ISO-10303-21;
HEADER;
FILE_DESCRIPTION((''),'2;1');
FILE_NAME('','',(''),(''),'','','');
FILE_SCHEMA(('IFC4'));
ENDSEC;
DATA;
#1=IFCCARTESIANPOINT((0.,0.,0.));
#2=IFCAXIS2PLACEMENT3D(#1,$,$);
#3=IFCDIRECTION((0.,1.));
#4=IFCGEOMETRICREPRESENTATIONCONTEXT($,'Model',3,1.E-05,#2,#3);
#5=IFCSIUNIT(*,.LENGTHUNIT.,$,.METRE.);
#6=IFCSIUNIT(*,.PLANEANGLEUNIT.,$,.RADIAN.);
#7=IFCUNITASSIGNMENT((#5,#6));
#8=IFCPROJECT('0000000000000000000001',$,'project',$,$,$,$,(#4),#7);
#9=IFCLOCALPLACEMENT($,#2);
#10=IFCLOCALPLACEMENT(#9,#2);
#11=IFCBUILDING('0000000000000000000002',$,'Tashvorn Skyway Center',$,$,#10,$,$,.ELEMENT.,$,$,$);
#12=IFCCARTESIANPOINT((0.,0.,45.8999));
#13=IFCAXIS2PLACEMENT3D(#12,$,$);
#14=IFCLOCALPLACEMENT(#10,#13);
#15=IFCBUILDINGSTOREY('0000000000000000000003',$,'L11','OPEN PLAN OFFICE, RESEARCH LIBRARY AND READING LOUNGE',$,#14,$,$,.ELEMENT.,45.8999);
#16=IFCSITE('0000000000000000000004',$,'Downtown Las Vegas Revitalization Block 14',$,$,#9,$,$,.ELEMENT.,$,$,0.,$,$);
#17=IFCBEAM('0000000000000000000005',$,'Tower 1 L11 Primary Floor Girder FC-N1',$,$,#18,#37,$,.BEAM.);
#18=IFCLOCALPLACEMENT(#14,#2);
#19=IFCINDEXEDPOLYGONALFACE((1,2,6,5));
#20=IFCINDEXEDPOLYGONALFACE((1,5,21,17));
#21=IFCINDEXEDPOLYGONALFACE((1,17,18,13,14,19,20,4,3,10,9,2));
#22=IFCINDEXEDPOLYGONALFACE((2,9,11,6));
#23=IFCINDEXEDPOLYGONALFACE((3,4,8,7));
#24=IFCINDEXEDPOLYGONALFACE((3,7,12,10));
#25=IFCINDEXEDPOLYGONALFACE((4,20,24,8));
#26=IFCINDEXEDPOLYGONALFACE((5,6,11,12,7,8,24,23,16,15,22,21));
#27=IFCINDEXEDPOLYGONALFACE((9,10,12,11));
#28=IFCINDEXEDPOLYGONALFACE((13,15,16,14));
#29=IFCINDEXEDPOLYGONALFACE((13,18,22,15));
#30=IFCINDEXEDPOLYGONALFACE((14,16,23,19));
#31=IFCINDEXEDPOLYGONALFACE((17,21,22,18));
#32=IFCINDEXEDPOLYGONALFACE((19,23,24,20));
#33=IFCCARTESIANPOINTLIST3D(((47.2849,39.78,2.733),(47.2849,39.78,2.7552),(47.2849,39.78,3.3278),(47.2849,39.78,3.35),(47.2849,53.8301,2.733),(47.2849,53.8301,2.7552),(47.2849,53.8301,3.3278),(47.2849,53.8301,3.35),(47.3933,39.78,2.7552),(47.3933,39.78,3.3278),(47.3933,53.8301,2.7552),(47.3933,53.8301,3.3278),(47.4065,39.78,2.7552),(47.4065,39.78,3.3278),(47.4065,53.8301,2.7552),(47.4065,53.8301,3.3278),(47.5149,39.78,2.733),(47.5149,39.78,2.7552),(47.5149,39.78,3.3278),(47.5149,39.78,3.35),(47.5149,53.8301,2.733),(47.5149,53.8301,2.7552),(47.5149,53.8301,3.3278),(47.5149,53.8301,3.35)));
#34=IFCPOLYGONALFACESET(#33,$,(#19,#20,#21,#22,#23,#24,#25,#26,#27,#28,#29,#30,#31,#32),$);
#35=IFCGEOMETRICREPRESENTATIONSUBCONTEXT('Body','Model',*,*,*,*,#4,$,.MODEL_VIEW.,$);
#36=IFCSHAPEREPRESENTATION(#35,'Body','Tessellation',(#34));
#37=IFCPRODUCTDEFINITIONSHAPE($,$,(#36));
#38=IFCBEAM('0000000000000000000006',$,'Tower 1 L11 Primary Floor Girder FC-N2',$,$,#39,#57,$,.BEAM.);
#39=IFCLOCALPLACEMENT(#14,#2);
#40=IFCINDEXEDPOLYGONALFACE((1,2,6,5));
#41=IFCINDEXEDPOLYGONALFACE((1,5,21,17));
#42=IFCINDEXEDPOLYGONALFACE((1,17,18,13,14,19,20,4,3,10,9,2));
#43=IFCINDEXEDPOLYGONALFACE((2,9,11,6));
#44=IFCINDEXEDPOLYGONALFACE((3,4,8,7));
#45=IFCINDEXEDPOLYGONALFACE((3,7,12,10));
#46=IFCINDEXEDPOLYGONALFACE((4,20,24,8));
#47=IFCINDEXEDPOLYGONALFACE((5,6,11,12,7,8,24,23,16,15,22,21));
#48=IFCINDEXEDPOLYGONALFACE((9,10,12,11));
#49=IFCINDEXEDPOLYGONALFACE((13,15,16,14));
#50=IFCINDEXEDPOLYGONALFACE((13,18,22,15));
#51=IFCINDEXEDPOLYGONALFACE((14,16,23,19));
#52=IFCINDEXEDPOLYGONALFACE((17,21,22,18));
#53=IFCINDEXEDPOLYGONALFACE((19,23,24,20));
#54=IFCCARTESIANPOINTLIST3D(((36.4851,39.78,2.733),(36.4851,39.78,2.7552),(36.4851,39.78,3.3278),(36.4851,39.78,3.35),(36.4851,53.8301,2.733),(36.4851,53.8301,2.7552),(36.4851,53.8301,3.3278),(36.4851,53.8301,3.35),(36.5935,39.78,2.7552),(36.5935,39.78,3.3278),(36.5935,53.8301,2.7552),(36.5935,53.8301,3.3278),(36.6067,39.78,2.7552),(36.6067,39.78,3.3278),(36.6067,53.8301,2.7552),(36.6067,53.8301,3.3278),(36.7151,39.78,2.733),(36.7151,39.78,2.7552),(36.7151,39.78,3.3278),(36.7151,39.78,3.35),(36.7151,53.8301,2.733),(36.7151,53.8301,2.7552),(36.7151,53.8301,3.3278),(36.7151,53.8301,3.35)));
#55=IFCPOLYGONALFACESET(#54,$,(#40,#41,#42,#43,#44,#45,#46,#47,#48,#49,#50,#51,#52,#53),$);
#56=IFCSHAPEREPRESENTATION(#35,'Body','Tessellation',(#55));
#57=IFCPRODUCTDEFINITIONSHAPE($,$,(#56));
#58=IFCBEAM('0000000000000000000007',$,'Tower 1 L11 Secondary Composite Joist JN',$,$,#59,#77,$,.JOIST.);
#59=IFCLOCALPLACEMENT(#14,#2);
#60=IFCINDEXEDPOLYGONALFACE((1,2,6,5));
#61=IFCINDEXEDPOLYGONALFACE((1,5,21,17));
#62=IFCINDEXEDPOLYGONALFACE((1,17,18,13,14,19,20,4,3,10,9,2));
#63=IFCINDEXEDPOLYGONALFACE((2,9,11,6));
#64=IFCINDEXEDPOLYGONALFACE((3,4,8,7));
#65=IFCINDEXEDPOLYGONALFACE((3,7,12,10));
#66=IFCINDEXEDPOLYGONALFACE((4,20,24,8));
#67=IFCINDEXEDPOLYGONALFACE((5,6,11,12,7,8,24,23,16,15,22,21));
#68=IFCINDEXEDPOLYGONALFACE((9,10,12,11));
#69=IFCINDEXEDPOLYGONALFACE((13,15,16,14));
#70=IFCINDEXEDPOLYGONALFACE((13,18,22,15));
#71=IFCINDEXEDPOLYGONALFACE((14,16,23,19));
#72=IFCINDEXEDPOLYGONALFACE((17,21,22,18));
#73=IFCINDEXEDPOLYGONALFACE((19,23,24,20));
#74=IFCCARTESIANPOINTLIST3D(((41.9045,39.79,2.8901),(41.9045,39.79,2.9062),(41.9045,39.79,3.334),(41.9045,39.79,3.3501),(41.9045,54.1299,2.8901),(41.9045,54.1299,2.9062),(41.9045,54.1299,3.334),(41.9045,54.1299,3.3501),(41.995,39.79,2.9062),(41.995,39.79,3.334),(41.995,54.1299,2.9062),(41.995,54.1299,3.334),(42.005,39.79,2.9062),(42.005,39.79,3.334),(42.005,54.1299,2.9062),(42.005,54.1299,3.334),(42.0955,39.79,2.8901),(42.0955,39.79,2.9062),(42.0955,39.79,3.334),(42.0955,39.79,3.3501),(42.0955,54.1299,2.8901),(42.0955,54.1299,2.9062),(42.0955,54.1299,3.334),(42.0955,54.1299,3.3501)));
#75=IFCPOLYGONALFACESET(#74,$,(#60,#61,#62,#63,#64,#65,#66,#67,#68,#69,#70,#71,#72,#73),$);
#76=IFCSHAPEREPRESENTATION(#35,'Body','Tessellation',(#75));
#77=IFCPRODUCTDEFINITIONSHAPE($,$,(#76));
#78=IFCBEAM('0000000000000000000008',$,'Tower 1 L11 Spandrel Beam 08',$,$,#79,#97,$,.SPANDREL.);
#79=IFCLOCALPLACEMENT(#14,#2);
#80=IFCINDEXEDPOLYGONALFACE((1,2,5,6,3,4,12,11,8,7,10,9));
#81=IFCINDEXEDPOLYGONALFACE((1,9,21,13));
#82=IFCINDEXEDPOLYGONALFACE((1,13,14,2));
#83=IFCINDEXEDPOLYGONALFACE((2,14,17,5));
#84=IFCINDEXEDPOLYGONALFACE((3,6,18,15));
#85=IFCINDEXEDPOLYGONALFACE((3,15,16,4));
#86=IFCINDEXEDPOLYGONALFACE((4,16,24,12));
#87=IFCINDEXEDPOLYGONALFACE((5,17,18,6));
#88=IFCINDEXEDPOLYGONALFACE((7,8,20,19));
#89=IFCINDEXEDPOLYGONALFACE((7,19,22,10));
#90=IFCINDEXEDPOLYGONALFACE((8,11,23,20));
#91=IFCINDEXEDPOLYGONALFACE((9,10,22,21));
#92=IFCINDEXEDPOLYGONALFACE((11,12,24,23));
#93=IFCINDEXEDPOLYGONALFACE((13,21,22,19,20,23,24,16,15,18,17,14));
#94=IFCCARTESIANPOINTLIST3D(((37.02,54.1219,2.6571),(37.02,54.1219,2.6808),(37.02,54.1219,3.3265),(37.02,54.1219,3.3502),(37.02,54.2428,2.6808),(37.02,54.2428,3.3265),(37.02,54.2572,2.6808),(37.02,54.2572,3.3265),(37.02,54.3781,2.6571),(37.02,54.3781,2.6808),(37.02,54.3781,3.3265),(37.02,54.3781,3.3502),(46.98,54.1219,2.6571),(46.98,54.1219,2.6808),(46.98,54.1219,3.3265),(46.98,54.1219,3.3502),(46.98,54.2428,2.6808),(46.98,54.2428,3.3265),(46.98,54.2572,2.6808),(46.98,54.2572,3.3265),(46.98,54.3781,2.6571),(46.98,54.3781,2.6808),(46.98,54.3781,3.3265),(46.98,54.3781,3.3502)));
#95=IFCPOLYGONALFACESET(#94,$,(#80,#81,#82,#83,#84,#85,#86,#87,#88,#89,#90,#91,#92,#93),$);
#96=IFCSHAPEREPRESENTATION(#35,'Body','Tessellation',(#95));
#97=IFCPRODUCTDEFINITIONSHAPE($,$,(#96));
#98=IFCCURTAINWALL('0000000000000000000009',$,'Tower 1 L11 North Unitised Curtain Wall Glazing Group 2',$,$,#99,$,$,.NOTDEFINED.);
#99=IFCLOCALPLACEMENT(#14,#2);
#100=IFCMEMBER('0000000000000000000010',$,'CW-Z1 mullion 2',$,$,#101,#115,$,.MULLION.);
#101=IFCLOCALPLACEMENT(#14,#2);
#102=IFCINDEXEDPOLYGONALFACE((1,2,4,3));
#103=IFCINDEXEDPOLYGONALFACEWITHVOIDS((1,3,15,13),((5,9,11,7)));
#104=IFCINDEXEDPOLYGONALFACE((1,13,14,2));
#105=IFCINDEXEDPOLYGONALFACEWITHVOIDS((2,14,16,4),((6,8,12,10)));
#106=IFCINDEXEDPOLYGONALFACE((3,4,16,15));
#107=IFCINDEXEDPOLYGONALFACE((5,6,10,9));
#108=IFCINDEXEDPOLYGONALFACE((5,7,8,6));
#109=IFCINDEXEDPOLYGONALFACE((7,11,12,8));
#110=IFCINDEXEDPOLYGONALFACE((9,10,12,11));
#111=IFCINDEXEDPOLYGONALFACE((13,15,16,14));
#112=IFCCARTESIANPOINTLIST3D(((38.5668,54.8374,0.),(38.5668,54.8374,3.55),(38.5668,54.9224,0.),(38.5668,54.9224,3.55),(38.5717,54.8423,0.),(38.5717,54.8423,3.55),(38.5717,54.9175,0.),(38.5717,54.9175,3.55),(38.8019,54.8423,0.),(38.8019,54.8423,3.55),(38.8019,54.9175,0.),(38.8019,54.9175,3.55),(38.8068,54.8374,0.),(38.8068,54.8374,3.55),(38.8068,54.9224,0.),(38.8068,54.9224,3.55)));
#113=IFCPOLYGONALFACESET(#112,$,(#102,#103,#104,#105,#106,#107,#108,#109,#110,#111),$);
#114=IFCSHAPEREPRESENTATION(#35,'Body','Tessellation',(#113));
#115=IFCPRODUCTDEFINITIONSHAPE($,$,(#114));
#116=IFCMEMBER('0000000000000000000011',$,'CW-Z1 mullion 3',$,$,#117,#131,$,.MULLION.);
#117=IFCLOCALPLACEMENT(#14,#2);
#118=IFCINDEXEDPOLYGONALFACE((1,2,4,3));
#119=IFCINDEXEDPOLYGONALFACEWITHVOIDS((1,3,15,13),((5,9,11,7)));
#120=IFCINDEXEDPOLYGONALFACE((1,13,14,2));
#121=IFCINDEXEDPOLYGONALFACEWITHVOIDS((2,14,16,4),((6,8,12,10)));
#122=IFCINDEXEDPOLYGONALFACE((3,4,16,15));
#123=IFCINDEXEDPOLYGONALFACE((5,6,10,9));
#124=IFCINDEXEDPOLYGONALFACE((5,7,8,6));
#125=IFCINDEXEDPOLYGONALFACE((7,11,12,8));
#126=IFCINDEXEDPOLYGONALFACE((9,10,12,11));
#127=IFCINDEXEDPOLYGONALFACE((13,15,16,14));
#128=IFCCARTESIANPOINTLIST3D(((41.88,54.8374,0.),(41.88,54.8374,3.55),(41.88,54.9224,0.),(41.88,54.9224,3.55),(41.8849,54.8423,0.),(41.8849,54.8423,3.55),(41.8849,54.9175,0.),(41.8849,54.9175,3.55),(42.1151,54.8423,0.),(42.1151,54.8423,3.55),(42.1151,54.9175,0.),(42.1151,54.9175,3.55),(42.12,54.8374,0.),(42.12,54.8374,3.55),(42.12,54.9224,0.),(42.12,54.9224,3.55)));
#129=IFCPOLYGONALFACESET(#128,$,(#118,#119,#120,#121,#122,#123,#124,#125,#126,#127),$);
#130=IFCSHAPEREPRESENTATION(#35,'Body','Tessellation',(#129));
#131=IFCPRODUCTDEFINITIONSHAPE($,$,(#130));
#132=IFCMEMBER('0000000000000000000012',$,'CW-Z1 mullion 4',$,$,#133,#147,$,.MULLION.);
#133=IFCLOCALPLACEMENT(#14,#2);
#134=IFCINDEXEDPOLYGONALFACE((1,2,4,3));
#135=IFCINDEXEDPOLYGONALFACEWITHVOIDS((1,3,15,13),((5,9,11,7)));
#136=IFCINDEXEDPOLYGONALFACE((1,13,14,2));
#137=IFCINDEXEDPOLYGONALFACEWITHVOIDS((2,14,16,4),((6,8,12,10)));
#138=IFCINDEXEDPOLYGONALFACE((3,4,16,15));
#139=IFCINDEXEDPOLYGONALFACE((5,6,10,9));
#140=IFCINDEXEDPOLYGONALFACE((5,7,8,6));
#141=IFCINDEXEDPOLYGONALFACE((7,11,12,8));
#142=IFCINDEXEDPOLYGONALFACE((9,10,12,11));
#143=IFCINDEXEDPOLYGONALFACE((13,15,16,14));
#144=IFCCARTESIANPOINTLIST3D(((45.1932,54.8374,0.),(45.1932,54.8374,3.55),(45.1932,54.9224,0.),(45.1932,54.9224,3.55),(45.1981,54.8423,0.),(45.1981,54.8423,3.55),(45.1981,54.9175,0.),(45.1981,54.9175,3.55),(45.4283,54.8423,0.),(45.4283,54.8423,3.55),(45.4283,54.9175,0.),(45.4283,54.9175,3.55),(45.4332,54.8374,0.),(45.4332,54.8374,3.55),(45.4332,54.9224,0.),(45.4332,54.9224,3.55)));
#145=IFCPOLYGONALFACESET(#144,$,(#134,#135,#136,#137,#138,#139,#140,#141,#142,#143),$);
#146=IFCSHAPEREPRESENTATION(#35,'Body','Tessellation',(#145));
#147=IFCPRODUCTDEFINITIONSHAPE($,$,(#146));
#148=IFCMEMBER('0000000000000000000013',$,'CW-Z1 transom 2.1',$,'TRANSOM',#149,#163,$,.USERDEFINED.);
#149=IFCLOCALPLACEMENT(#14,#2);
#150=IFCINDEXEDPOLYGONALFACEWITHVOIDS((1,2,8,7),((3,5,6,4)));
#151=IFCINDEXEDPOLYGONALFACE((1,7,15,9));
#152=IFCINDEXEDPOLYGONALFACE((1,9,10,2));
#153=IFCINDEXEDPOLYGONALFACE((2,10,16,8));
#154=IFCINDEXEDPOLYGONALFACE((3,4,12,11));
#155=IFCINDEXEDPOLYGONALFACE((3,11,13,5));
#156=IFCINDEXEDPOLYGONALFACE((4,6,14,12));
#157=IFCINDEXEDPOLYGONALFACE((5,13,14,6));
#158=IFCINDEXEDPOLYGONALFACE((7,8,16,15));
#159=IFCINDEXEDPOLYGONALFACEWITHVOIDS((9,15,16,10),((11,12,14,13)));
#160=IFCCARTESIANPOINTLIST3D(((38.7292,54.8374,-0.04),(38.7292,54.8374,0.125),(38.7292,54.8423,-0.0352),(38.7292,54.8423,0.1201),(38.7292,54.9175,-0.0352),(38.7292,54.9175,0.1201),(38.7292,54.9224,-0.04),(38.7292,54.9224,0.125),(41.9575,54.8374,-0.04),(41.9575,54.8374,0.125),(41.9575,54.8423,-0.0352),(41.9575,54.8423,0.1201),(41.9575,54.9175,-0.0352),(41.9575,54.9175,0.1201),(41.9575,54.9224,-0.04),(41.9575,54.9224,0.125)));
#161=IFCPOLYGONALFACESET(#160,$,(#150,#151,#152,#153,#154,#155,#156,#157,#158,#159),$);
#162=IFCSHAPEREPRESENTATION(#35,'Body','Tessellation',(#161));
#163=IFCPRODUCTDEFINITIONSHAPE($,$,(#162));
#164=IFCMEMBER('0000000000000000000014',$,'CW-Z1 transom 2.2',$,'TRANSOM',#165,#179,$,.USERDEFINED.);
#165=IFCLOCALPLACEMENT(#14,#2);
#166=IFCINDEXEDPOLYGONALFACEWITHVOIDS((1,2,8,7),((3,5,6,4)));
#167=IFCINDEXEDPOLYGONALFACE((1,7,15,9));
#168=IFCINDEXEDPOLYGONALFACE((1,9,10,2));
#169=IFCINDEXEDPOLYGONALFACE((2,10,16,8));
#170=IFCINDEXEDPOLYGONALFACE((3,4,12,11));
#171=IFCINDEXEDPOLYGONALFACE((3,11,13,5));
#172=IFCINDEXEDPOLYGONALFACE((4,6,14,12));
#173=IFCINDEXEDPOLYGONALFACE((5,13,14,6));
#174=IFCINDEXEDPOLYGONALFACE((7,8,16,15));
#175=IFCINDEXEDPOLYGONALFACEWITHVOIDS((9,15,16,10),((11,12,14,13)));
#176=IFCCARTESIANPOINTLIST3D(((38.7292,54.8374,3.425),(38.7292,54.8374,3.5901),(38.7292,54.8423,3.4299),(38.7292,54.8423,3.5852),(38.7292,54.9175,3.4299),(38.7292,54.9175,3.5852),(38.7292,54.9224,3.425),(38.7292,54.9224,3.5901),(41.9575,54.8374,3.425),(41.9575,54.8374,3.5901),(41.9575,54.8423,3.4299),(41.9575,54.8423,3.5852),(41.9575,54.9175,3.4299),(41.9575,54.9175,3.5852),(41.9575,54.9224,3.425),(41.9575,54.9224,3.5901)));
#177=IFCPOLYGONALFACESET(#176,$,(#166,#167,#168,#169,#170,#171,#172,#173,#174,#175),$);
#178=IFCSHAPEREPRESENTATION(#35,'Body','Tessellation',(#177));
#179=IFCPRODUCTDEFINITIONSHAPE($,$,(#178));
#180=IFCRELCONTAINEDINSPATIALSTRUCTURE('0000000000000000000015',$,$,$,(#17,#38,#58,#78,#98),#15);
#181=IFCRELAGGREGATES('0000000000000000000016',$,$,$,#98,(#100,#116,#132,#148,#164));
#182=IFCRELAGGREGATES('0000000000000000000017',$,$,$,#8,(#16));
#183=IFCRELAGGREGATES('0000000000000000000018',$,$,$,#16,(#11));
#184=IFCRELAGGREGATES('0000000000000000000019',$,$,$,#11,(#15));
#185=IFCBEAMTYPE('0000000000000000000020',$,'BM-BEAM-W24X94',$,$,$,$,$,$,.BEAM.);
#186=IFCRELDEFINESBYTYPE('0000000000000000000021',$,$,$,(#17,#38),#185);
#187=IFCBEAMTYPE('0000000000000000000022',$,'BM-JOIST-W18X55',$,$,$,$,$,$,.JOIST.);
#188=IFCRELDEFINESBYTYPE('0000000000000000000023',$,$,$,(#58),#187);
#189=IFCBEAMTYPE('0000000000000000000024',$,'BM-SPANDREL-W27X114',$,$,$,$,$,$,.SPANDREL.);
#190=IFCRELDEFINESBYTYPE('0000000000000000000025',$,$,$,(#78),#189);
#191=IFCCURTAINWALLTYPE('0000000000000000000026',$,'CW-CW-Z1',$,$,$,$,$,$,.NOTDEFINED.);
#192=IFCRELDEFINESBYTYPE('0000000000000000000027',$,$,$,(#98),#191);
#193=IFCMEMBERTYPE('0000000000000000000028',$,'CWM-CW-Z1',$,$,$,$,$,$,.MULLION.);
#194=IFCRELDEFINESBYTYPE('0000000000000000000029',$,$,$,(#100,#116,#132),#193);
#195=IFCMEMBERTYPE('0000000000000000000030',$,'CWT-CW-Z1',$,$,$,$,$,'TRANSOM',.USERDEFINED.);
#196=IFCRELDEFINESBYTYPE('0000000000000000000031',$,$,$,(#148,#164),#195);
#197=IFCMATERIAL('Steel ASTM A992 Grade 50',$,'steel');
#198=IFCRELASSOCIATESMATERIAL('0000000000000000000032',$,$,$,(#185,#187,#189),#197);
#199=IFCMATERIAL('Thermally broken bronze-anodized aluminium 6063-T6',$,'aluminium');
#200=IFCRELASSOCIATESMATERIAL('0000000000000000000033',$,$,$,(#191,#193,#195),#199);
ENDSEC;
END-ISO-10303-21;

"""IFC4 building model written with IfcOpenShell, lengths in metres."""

from ifc_helpers import new_model, si_unit, direction, frame, origin, origin_2d, place, context, subcontext, project, spatial, hollow_rectangle, i_section, extrude, material, material_profile, profile_set, type_object, element, aggregate, save


model = new_model("IFC4")

# Units and contexts
model_context = context("Model", 3, precision=1e-05, world=origin(), true_north=direction((0.0, 1.0)))
body_context = subcontext(model_context, "Body", "Model", "MODEL_VIEW")
ifc_project = project(units=[si_unit("LENGTHUNIT", "METRE"), si_unit("PLANEANGLEUNIT", "RADIAN")], contexts=[model_context])

# Site, building, storey
site_placement = place(None, origin())
site = spatial("IfcSite", under=ifc_project, at=site_placement, Name="Downtown Las Vegas Revitalization Block 14", CompositionType="ELEMENT", RefElevation=0.0)
building_placement = place(site_placement, origin())
building = spatial("IfcBuilding", under=site, at=building_placement, Name="Tashvorn Skyway Center", CompositionType="ELEMENT")
storey_placement = place(building_placement, frame((0.0, 0.0, 45.8999)))
storey = spatial("IfcBuildingStorey", under=building, at=storey_placement, Name="L11", Description="OPEN PLAN OFFICE, RESEARCH LIBRARY AND READING LOUNGE", CompositionType="ELEMENT", Elevation=45.8999)

# Beams
ifc_material_1 = material(Name="Steel ASTM A992 Grade 50", Category="steel")
ifc_material_profile_1 = material_profile(ifc_material_1, i_section(OverallWidth=0.23, OverallDepth=0.6169, WebThickness=0.0132, FlangeThickness=0.0222, at=origin_2d()), Name="W24X94")
ifc_profile_set_1 = profile_set([ifc_material_profile_1], Name="Steel ASTM A992 Grade 50")
beam_type_1 = type_object("IfcBeamType", Name="BM-BEAM-W24X94", PredefinedType="BEAM", material=ifc_profile_set_1)
for number, where, z_axis, x_axis, name in (
    (1, (47.3999, 53.8301, 3.0415), (0.0, -1.0, 0.0), (1.0, 0.0, 0.0), "Tower 1 L11 Primary Floor Girder FC-N1"),
    (2, (36.6001, 53.8301, 3.0415), (0.0, -1.0, 0.0), (1.0, 0.0, 0.0), "Tower 1 L11 Primary Floor Girder FC-N2"),
):
    element("IfcBeam", number, at=place(storey_placement, frame(where, z_axis=z_axis, x_axis=x_axis)), inside=storey, type_object=beam_type_1, Name=name, PredefinedType="BEAM", context=body_context, shape_type="SweptSolid", body=[
        extrude(i_section(OverallWidth=0.23, OverallDepth=0.6169, WebThickness=0.0132, FlangeThickness=0.0222, at=origin_2d()), origin(), (0.0, 0.0, 1.0), 14.05),
    ])
ifc_material_profile_2 = material_profile(ifc_material_1, i_section(OverallWidth=0.1909, OverallDepth=0.46, WebThickness=0.01, FlangeThickness=0.0161, at=origin_2d()), Name="W18X55")
ifc_profile_set_2 = profile_set([ifc_material_profile_2], Name="Steel ASTM A992 Grade 50")
beam_type_2 = type_object("IfcBeamType", Name="BM-JOIST-W18X55", PredefinedType="JOIST", material=ifc_profile_set_2)
beam_1_placement = place(storey_placement, frame((42.0, 39.79, 3.1201), z_axis=(0.0, 1.0, 0.0), x_axis=(-1.0, 0.0, 0.0)))
element("IfcBeam", 3, at=beam_1_placement, inside=storey, type_object=beam_type_2, Name="Tower 1 L11 Secondary Composite Joist JN", PredefinedType="JOIST", context=body_context, shape_type="SweptSolid", body=[
    extrude(i_section(OverallWidth=0.1909, OverallDepth=0.46, WebThickness=0.01, FlangeThickness=0.0161, at=origin_2d()), origin(), (0.0, 0.0, 1.0), 14.3398),
])
ifc_material_profile_3 = material_profile(ifc_material_1, i_section(OverallWidth=0.2561, OverallDepth=0.6931, WebThickness=0.0144, FlangeThickness=0.0237, at=origin_2d()), Name="W27X114")
ifc_profile_set_3 = profile_set([ifc_material_profile_3], Name="Steel ASTM A992 Grade 50")
beam_type_3 = type_object("IfcBeamType", Name="BM-SPANDREL-W27X114", PredefinedType="SPANDREL", material=ifc_profile_set_3)
beam_2_placement = place(storey_placement, frame((46.98, 54.25, 3.0037), z_axis=(-1.0, 0.0, 0.0), x_axis=(0.0, -1.0, 0.0)))
element("IfcBeam", 4, at=beam_2_placement, inside=storey, type_object=beam_type_3, Name="Tower 1 L11 Spandrel Beam 08", PredefinedType="SPANDREL", context=body_context, shape_type="SweptSolid", body=[
    extrude(i_section(OverallWidth=0.2561, OverallDepth=0.6931, WebThickness=0.0144, FlangeThickness=0.0237, at=origin_2d()), origin(), (0.0, 0.0, 1.0), 9.96),
])

# Curtain wall, members
ifc_material_2 = material(Name="Thermally broken bronze-anodized aluminium 6063-T6", Category="aluminium")
curtain_wall_type = type_object("IfcCurtainWallType", Name="CW-CW-Z1", PredefinedType="NOTDEFINED", material=ifc_material_2)
curtain_wall_placement = place(storey_placement, origin())
curtain_wall = element("IfcCurtainWall", 5, at=curtain_wall_placement, inside=storey, type_object=curtain_wall_type, Name="Tower 1 L11 North Unitised Curtain Wall Glazing Group 2", PredefinedType="NOTDEFINED")
ifc_material_profile_4 = material_profile(ifc_material_2, hollow_rectangle(XDim=0.085, YDim=0.24, WallThickness=0.0049, at=origin_2d()), Name="ALU-MULL-85x240")
ifc_profile_set_4 = profile_set([ifc_material_profile_4], Name="Thermally broken bronze-anodized aluminium 6063-T6")
member_type_1 = type_object("IfcMemberType", Name="CWM-CW-Z1", PredefinedType="MULLION", material=ifc_profile_set_4)
member_1_placement = place(storey_placement, frame((38.6868, 54.8799, 0.0), z_axis=(0.0, 0.0, 1.0), x_axis=(0.0, 1.0, 0.0)))
member_1 = element("IfcMember", 6, at=member_1_placement, type_object=member_type_1, Name="CW-Z1 mullion 2", PredefinedType="MULLION", context=body_context, shape_type="SweptSolid", body=[
    extrude(hollow_rectangle(XDim=0.085, YDim=0.24, WallThickness=0.0049, at=origin_2d()), origin(), (0.0, 0.0, 1.0), 3.55),
])
member_2_placement = place(storey_placement, frame((42.0, 54.8799, 0.0), z_axis=(0.0, 0.0, 1.0), x_axis=(0.0, 1.0, 0.0)))
member_2 = element("IfcMember", 7, at=member_2_placement, type_object=member_type_1, Name="CW-Z1 mullion 3", PredefinedType="MULLION", context=body_context, shape_type="SweptSolid", body=[
    extrude(hollow_rectangle(XDim=0.085, YDim=0.24, WallThickness=0.0049, at=origin_2d()), origin(), (0.0, 0.0, 1.0), 3.55),
])
member_3_placement = place(storey_placement, frame((45.3132, 54.8799, 0.0), z_axis=(0.0, 0.0, 1.0), x_axis=(0.0, 1.0, 0.0)))
member_3 = element("IfcMember", 8, at=member_3_placement, type_object=member_type_1, Name="CW-Z1 mullion 4", PredefinedType="MULLION", context=body_context, shape_type="SweptSolid", body=[
    extrude(hollow_rectangle(XDim=0.085, YDim=0.24, WallThickness=0.0049, at=origin_2d()), origin(), (0.0, 0.0, 1.0), 3.55),
])
ifc_material_profile_5 = material_profile(ifc_material_2, hollow_rectangle(XDim=0.085, YDim=0.165, WallThickness=0.0049, at=origin_2d()), Name="ALU-TRAN-85x165")
ifc_profile_set_5 = profile_set([ifc_material_profile_5], Name="Thermally broken bronze-anodized aluminium 6063-T6")
member_type_2 = type_object("IfcMemberType", Name="CWT-CW-Z1", ElementType="TRANSOM", PredefinedType="USERDEFINED", material=ifc_profile_set_5)
member_4_placement = place(storey_placement, frame((38.7292, 54.8799, 0.0425), z_axis=(1.0, 0.0, 0.0), x_axis=(0.0, 1.0, 0.0)))
member_4 = element("IfcMember", 9, at=member_4_placement, type_object=member_type_2, Name="CW-Z1 transom 2.1", ObjectType="TRANSOM", PredefinedType="USERDEFINED", context=body_context, shape_type="SweptSolid", body=[
    extrude(hollow_rectangle(XDim=0.085, YDim=0.165, WallThickness=0.0049, at=origin_2d()), origin(), (0.0, 0.0, 1.0), 3.2283),
])
member_5_placement = place(storey_placement, frame((38.7292, 54.8799, 3.5076), z_axis=(1.0, 0.0, 0.0), x_axis=(0.0, 1.0, 0.0)))
member_5 = element("IfcMember", 10, at=member_5_placement, type_object=member_type_2, Name="CW-Z1 transom 2.2", ObjectType="TRANSOM", PredefinedType="USERDEFINED", context=body_context, shape_type="SweptSolid", body=[
    extrude(hollow_rectangle(XDim=0.085, YDim=0.165, WallThickness=0.0049, at=origin_2d()), origin(), (0.0, 0.0, 1.0), 3.2283),
])
aggregate(curtain_wall, [member_1, member_2, member_3, member_4, member_5])

save(model, "model.ifc")
